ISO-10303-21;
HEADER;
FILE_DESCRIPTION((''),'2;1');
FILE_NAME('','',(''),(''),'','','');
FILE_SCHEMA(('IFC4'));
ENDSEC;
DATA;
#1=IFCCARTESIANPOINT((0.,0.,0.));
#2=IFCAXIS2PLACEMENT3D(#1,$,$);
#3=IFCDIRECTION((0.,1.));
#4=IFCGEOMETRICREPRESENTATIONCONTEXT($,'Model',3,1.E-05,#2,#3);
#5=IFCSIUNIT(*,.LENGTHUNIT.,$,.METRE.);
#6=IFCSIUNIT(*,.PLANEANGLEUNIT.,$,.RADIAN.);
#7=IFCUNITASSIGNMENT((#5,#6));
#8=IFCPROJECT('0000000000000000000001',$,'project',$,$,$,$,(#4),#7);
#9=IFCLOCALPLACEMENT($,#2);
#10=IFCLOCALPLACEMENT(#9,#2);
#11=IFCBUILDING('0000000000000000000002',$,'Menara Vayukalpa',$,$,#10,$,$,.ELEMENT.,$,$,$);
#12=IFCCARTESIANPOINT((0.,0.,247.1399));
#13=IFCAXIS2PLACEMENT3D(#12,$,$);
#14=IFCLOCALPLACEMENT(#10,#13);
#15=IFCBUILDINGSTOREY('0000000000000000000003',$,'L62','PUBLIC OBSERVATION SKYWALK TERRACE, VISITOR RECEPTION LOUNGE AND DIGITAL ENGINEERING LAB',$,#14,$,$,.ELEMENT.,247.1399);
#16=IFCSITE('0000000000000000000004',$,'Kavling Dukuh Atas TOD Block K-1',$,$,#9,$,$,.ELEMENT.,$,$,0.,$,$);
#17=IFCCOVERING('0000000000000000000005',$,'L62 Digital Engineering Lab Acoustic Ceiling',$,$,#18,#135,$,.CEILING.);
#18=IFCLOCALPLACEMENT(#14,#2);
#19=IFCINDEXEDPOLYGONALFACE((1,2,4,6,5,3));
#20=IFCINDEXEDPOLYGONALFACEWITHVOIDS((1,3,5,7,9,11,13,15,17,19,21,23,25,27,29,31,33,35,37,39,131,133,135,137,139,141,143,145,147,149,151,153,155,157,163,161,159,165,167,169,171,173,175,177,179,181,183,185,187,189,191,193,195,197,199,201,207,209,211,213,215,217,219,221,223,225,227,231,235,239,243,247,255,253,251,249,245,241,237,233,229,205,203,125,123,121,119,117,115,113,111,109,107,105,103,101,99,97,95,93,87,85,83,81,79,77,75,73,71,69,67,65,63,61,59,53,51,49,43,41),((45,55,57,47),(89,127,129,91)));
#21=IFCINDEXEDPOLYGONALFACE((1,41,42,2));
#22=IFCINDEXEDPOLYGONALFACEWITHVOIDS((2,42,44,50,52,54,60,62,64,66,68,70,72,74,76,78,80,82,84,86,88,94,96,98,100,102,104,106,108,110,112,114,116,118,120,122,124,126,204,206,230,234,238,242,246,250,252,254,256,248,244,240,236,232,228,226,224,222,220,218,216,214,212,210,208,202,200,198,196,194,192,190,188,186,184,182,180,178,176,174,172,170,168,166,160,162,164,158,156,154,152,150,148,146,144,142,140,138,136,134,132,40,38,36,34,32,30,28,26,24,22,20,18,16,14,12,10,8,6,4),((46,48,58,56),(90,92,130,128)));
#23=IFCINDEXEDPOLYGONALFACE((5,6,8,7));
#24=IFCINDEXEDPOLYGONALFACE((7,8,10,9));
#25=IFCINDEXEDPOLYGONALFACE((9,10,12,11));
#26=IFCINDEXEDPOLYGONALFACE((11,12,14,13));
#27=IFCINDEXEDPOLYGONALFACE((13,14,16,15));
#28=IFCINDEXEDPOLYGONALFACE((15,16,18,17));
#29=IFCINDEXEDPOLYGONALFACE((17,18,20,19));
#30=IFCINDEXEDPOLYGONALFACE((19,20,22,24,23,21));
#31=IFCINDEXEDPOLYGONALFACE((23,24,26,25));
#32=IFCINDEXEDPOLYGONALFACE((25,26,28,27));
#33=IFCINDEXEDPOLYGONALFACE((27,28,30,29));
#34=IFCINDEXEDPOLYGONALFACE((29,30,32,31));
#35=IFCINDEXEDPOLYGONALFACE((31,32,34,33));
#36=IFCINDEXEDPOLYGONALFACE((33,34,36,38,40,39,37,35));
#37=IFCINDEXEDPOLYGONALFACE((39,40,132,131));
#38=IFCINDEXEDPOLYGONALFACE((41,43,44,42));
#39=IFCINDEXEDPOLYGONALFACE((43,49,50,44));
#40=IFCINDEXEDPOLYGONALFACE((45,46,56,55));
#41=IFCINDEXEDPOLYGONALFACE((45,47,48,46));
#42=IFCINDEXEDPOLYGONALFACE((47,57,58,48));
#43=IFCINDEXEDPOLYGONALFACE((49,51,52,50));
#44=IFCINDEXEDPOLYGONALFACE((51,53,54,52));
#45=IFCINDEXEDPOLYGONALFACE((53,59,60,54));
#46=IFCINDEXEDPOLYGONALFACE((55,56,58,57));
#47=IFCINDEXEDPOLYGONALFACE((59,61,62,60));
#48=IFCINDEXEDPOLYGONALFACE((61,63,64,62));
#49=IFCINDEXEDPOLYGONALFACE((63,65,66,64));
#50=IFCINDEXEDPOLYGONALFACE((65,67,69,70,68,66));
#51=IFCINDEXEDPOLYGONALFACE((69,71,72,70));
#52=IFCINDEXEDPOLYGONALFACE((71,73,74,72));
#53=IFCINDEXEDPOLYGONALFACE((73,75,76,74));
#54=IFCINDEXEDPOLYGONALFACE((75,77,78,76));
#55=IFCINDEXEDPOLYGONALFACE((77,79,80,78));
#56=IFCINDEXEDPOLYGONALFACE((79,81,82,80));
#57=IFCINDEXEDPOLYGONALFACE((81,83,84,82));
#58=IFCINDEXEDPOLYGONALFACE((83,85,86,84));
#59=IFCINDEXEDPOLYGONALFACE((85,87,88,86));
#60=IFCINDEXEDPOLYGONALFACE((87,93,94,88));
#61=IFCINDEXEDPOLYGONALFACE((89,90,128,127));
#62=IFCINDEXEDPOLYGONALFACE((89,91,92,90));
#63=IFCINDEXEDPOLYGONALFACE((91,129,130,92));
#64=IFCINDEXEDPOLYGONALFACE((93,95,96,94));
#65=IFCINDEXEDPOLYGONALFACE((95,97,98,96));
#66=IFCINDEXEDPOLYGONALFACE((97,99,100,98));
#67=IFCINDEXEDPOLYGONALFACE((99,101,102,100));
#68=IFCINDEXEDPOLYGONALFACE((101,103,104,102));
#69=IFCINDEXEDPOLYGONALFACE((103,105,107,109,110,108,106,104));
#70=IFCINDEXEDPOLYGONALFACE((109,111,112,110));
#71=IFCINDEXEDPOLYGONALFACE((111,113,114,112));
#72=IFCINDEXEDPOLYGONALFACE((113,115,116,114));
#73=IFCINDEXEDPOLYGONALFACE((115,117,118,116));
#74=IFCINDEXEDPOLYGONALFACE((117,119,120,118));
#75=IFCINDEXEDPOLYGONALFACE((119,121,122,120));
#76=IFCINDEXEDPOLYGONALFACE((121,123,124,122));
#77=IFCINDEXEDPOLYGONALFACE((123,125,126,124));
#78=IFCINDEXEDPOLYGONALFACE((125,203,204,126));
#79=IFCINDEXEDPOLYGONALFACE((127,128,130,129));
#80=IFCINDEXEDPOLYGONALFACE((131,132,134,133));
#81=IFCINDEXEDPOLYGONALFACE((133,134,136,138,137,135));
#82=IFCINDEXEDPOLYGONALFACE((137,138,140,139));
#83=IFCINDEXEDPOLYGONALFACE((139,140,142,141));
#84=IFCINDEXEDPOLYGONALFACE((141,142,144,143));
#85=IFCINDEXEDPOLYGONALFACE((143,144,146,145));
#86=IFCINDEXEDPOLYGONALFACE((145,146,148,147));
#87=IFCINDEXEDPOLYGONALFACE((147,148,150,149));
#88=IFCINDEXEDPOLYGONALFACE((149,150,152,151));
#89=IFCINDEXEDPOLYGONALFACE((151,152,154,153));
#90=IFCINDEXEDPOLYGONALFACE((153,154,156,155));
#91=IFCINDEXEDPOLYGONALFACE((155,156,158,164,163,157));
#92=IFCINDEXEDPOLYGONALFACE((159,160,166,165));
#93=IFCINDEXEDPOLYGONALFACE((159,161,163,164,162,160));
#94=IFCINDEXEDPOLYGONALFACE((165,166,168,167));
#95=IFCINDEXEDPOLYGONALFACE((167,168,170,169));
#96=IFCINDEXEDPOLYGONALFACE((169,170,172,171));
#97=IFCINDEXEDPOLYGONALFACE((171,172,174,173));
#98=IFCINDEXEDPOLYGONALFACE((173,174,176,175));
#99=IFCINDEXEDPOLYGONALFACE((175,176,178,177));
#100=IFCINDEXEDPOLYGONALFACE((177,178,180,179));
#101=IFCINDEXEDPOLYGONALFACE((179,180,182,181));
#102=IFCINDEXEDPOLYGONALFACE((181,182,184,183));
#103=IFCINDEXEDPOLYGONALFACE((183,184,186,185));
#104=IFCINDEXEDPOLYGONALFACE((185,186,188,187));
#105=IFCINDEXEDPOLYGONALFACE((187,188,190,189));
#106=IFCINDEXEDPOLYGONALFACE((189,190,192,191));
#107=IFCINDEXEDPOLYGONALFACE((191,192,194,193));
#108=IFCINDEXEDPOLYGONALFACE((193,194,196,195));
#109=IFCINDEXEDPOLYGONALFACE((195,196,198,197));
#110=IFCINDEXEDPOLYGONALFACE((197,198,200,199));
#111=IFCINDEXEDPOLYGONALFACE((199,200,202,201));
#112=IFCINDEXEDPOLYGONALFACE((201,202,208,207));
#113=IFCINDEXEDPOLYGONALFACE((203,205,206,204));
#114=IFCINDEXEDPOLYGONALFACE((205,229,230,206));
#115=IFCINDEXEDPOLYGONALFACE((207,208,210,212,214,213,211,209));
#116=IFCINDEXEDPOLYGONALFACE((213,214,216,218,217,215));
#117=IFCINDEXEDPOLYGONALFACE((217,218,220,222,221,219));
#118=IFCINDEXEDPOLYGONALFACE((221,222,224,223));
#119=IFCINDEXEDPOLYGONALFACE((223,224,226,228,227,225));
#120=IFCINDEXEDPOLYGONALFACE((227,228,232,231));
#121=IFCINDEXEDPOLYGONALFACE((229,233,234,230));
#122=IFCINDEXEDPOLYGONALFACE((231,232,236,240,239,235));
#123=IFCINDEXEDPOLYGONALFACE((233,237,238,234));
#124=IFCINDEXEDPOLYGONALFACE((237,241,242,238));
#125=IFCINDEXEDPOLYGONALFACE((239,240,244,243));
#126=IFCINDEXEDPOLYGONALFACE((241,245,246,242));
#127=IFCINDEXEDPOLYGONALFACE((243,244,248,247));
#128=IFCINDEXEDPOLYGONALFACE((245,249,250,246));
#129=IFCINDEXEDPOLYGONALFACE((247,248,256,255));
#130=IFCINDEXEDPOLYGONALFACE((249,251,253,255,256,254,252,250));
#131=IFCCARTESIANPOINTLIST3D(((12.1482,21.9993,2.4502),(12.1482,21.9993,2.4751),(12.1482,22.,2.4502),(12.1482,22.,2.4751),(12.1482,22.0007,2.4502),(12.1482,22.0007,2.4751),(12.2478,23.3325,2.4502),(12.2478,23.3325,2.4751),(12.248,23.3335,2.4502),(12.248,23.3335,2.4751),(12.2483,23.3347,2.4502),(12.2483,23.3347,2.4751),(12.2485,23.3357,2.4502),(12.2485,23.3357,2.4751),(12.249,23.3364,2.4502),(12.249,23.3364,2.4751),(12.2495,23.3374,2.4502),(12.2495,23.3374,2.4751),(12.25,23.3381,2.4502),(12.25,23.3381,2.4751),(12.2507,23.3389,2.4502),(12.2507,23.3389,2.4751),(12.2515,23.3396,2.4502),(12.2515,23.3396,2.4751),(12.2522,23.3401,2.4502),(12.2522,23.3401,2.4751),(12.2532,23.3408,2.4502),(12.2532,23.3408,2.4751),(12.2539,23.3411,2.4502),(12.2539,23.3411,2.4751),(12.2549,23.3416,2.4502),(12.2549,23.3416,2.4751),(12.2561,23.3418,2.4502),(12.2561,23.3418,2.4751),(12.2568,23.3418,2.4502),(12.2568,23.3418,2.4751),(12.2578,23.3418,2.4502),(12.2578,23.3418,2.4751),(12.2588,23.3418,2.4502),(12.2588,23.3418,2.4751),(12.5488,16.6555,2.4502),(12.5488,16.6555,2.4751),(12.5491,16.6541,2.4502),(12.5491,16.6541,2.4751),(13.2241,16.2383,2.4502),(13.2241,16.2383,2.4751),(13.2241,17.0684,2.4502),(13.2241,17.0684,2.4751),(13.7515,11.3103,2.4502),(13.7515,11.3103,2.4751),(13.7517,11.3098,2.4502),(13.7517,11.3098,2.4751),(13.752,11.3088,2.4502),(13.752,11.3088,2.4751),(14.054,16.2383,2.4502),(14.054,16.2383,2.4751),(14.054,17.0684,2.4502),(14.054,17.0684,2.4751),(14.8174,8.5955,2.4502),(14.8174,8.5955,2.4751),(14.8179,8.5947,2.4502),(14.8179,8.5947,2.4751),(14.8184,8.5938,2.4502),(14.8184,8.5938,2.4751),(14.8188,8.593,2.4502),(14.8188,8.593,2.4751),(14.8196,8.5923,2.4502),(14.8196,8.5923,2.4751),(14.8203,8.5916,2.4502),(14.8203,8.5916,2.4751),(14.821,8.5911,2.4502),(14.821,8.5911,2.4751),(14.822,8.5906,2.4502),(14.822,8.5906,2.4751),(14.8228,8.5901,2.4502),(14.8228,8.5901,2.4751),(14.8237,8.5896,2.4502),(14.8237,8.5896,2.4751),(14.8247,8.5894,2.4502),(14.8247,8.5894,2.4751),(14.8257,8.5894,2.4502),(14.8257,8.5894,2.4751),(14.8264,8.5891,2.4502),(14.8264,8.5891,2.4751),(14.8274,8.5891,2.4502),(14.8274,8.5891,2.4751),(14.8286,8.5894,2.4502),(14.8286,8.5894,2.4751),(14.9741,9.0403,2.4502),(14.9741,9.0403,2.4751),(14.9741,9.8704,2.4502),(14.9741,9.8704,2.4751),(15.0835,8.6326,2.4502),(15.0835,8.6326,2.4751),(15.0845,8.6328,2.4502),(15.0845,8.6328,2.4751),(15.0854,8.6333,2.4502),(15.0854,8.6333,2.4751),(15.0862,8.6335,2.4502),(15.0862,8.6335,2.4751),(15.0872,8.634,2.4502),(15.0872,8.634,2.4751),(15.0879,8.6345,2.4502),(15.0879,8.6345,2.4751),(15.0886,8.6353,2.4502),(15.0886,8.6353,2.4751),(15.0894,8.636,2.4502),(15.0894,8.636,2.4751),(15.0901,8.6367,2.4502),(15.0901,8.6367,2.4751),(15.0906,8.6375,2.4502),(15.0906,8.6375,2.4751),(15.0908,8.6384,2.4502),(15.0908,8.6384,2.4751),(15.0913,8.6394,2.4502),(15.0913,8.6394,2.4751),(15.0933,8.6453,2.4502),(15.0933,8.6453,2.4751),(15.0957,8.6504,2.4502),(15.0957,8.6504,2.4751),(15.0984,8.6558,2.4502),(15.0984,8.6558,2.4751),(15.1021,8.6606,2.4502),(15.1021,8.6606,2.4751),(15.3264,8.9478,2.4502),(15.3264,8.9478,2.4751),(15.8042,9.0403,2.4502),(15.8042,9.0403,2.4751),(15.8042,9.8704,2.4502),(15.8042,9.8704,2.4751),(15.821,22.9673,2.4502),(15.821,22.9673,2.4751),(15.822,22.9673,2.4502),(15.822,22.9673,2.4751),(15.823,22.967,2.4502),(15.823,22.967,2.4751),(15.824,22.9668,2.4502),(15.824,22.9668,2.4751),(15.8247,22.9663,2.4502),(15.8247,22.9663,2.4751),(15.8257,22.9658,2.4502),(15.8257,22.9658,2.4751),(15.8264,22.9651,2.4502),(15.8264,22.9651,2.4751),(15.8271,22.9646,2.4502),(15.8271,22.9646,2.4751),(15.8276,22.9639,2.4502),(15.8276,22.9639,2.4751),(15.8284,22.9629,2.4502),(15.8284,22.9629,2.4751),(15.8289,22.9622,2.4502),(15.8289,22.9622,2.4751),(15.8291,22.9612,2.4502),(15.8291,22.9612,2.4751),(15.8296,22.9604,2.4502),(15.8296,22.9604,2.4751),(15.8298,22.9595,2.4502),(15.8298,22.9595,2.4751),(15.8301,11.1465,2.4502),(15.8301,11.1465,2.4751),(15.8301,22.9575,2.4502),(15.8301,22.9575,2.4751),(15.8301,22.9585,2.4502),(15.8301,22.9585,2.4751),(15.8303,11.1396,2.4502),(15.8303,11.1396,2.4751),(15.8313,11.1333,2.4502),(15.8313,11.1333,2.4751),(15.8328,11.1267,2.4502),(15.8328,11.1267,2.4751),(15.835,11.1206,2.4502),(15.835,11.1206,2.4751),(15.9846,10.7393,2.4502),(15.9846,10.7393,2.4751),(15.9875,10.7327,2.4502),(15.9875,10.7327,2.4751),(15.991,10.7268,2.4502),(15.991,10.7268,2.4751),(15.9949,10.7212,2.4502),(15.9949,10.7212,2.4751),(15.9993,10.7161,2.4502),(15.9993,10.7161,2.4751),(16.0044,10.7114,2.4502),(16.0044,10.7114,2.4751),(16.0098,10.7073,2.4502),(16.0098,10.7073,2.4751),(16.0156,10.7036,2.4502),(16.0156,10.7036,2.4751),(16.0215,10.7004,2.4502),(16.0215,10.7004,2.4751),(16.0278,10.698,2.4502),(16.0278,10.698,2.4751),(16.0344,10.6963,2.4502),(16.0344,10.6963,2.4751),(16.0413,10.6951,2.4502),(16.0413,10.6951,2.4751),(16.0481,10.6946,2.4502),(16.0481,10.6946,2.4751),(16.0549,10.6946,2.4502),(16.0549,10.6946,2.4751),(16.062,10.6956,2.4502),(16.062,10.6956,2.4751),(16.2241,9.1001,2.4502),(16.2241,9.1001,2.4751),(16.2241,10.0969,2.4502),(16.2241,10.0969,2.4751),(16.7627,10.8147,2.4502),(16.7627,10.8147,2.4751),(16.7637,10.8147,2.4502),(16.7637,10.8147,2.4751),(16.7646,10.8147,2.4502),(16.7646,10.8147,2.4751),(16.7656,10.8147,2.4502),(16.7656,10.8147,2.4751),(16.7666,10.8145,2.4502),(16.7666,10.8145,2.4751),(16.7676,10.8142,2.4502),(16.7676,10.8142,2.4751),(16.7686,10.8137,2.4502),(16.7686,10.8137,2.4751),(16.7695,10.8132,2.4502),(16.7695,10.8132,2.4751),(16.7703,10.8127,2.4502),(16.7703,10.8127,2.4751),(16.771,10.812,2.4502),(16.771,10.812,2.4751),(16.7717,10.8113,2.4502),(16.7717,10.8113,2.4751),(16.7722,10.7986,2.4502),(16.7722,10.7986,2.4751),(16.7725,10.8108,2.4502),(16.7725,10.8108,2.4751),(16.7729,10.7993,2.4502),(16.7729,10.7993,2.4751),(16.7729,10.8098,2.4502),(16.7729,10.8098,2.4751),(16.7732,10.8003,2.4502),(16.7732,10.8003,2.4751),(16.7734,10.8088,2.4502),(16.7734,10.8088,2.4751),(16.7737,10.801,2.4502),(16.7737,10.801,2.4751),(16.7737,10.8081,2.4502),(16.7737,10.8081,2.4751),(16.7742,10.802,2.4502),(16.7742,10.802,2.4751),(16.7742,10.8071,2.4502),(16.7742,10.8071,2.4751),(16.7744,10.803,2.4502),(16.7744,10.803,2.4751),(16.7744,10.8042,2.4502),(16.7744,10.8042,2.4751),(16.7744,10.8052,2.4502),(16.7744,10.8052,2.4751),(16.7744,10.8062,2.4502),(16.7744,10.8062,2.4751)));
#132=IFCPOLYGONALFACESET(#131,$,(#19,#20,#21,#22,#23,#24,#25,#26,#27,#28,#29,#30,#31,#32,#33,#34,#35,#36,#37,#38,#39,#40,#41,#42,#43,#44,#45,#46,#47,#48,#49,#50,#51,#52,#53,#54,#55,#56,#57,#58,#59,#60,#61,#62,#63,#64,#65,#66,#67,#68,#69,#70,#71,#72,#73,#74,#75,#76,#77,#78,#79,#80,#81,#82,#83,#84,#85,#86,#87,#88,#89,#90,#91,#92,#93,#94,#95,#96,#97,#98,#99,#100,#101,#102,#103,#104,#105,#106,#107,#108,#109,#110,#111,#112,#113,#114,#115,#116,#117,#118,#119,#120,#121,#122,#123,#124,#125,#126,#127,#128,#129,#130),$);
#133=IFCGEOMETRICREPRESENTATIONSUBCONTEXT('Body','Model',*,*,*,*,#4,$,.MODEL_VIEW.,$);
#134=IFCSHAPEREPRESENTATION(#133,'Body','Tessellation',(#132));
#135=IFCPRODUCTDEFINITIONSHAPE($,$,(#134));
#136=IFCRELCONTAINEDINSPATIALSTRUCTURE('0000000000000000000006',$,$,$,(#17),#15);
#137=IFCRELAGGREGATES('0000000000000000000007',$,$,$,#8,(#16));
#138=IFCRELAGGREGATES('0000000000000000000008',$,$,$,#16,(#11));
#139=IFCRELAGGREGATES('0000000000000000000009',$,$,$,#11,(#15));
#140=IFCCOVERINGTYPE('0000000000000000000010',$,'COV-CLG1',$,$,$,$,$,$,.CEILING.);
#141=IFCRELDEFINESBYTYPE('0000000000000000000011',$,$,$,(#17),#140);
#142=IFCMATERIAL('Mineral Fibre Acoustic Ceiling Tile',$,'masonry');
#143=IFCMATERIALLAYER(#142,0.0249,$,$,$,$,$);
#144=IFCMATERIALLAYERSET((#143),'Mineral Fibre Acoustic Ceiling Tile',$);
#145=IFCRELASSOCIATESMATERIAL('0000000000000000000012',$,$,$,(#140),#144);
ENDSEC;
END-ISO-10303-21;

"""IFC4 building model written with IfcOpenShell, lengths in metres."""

from ifc_helpers import new_model, si_unit, direction, frame, origin, place, context, subcontext, project, spatial, polyline, outline, extrude, material, layer, layer_set, type_object, element, save


model = new_model("IFC4")

# Units and contexts
model_context = context("Model", 3, precision=1e-05, world=origin(), true_north=direction((0.0, 1.0)))
body_context = subcontext(model_context, "Body", "Model", "MODEL_VIEW")
ifc_project = project(units=[si_unit("LENGTHUNIT", "METRE"), si_unit("PLANEANGLEUNIT", "RADIAN")], contexts=[model_context])

# Site, building, storey
site_placement = place(None, origin())
site = spatial("IfcSite", under=ifc_project, at=site_placement, Name="Kavling Dukuh Atas TOD Block K-1", CompositionType="ELEMENT", RefElevation=0.0)
building_placement = place(site_placement, origin())
building = spatial("IfcBuilding", under=site, at=building_placement, Name="Menara Vayukalpa", CompositionType="ELEMENT")
storey_placement = place(building_placement, frame((0.0, 0.0, 247.1399)))
storey = spatial("IfcBuildingStorey", under=building, at=storey_placement, Name="L62", Description="PUBLIC OBSERVATION SKYWALK TERRACE, VISITOR RECEPTION LOUNGE AND DIGITAL ENGINEERING LAB", CompositionType="ELEMENT", Elevation=247.1399)

# Covering
ifc_material_1 = material(Name="Mineral Fibre Acoustic Ceiling Tile", Category="masonry")
ifc_layer_1 = layer(ifc_material_1, 0.0249)
ifc_layer_set_1 = layer_set([ifc_layer_1], Name="Mineral Fibre Acoustic Ceiling Tile")
covering_type_1 = type_object("IfcCoveringType", Name="COV-CLG1", PredefinedType="CEILING", material=ifc_layer_set_1)
covering_1_placement = place(storey_placement, frame((0.0, 0.0, 2.4502)))
element("IfcCovering", 1, at=covering_1_placement, inside=storey, type_object=covering_type_1, Name="L62 Digital Engineering Lab Acoustic Ceiling", PredefinedType="CEILING", context=body_context, shape_type="SweptSolid", body=[
    extrude(outline(polyline([(15.3264, 8.9478), (15.1021, 8.6606), (15.0984, 8.6558), (15.0957, 8.6504), (15.0933, 8.6453), (15.0913, 8.6394), (15.0908, 8.6384), (15.0906, 8.6375), (15.0901, 8.6367), (15.0894, 8.636), (15.0886, 8.6353), (15.0879, 8.6345), (15.0872, 8.634), (15.0862, 8.6335), (15.0854, 8.6333), (15.0845, 8.6328), (15.0835, 8.6326), (14.8286, 8.5894), (14.8274, 8.5891), (14.8264, 8.5891), (14.8257, 8.5894), (14.8247, 8.5894), (14.8237, 8.5896), (14.8228, 8.5901), (14.822, 8.5906), (14.821, 8.5911), (14.8203, 8.5916), (14.8196, 8.5923), (14.8188, 8.593), (14.8184, 8.5938), (14.8179, 8.5947), (14.8174, 8.5955), (13.752, 11.3088), (13.7517, 11.3098), (13.7515, 11.3103), (12.5491, 16.6541), (12.5488, 16.6555), (12.1482, 21.9993), (12.1482, 22.0), (12.1482, 22.0007), (12.2478, 23.3325), (12.248, 23.3335), (12.2483, 23.3347), (12.2485, 23.3357), (12.249, 23.3364), (12.2495, 23.3374), (12.25, 23.3381), (12.2507, 23.3389), (12.2515, 23.3396), (12.2522, 23.3401), (12.2532, 23.3408), (12.2539, 23.3411), (12.2549, 23.3416), (12.2561, 23.3418), (12.2568, 23.3418), (12.2578, 23.3418), (12.2588, 23.3418), (15.821, 22.9673), (15.822, 22.9673), (15.823, 22.967), (15.824, 22.9668), (15.8247, 22.9663), (15.8257, 22.9658), (15.8264, 22.9651), (15.8271, 22.9646), (15.8276, 22.9639), (15.8284, 22.9629), (15.8289, 22.9622), (15.8291, 22.9612), (15.8296, 22.9604), (15.8298, 22.9595), (15.8301, 22.9585), (15.8301, 22.9575), (15.8301, 11.1465), (15.8303, 11.1396), (15.8313, 11.1333), (15.8328, 11.1267), (15.835, 11.1206), (15.9846, 10.7393), (15.9875, 10.7327), (15.991, 10.7268), (15.9949, 10.7212), (15.9993, 10.7161), (16.0044, 10.7114), (16.0098, 10.7073), (16.0156, 10.7036), (16.0215, 10.7004), (16.0278, 10.698), (16.0344, 10.6963), (16.0413, 10.6951), (16.0481, 10.6946), (16.0549, 10.6946), (16.062, 10.6956), (16.7627, 10.8147), (16.7637, 10.8147), (16.7646, 10.8147), (16.7656, 10.8147), (16.7666, 10.8145), (16.7676, 10.8142), (16.7686, 10.8137), (16.7695, 10.8132), (16.7703, 10.8127), (16.771, 10.812), (16.7717, 10.8113), (16.7725, 10.8108), (16.7729, 10.8098), (16.7734, 10.8088), (16.7737, 10.8081), (16.7742, 10.8071), (16.7744, 10.8062), (16.7744, 10.8052), (16.7744, 10.8042), (16.7744, 10.803), (16.7742, 10.802), (16.7737, 10.801), (16.7732, 10.8003), (16.7729, 10.7993), (16.7722, 10.7986), (16.2241, 10.0969), (16.2241, 9.1001), (15.3264, 8.9478)]), holes=[polyline([(14.9741, 9.8704), (14.9741, 9.0403), (15.8042, 9.0403), (15.8042, 9.8704), (14.9741, 9.8704)]), polyline([(14.054, 17.0684), (13.2241, 17.0684), (13.2241, 16.2383), (14.054, 16.2383), (14.054, 17.0684)])]), origin(), (0.0, 0.0, 1.0), 0.0249),
])

save(model, "model.ifc")
